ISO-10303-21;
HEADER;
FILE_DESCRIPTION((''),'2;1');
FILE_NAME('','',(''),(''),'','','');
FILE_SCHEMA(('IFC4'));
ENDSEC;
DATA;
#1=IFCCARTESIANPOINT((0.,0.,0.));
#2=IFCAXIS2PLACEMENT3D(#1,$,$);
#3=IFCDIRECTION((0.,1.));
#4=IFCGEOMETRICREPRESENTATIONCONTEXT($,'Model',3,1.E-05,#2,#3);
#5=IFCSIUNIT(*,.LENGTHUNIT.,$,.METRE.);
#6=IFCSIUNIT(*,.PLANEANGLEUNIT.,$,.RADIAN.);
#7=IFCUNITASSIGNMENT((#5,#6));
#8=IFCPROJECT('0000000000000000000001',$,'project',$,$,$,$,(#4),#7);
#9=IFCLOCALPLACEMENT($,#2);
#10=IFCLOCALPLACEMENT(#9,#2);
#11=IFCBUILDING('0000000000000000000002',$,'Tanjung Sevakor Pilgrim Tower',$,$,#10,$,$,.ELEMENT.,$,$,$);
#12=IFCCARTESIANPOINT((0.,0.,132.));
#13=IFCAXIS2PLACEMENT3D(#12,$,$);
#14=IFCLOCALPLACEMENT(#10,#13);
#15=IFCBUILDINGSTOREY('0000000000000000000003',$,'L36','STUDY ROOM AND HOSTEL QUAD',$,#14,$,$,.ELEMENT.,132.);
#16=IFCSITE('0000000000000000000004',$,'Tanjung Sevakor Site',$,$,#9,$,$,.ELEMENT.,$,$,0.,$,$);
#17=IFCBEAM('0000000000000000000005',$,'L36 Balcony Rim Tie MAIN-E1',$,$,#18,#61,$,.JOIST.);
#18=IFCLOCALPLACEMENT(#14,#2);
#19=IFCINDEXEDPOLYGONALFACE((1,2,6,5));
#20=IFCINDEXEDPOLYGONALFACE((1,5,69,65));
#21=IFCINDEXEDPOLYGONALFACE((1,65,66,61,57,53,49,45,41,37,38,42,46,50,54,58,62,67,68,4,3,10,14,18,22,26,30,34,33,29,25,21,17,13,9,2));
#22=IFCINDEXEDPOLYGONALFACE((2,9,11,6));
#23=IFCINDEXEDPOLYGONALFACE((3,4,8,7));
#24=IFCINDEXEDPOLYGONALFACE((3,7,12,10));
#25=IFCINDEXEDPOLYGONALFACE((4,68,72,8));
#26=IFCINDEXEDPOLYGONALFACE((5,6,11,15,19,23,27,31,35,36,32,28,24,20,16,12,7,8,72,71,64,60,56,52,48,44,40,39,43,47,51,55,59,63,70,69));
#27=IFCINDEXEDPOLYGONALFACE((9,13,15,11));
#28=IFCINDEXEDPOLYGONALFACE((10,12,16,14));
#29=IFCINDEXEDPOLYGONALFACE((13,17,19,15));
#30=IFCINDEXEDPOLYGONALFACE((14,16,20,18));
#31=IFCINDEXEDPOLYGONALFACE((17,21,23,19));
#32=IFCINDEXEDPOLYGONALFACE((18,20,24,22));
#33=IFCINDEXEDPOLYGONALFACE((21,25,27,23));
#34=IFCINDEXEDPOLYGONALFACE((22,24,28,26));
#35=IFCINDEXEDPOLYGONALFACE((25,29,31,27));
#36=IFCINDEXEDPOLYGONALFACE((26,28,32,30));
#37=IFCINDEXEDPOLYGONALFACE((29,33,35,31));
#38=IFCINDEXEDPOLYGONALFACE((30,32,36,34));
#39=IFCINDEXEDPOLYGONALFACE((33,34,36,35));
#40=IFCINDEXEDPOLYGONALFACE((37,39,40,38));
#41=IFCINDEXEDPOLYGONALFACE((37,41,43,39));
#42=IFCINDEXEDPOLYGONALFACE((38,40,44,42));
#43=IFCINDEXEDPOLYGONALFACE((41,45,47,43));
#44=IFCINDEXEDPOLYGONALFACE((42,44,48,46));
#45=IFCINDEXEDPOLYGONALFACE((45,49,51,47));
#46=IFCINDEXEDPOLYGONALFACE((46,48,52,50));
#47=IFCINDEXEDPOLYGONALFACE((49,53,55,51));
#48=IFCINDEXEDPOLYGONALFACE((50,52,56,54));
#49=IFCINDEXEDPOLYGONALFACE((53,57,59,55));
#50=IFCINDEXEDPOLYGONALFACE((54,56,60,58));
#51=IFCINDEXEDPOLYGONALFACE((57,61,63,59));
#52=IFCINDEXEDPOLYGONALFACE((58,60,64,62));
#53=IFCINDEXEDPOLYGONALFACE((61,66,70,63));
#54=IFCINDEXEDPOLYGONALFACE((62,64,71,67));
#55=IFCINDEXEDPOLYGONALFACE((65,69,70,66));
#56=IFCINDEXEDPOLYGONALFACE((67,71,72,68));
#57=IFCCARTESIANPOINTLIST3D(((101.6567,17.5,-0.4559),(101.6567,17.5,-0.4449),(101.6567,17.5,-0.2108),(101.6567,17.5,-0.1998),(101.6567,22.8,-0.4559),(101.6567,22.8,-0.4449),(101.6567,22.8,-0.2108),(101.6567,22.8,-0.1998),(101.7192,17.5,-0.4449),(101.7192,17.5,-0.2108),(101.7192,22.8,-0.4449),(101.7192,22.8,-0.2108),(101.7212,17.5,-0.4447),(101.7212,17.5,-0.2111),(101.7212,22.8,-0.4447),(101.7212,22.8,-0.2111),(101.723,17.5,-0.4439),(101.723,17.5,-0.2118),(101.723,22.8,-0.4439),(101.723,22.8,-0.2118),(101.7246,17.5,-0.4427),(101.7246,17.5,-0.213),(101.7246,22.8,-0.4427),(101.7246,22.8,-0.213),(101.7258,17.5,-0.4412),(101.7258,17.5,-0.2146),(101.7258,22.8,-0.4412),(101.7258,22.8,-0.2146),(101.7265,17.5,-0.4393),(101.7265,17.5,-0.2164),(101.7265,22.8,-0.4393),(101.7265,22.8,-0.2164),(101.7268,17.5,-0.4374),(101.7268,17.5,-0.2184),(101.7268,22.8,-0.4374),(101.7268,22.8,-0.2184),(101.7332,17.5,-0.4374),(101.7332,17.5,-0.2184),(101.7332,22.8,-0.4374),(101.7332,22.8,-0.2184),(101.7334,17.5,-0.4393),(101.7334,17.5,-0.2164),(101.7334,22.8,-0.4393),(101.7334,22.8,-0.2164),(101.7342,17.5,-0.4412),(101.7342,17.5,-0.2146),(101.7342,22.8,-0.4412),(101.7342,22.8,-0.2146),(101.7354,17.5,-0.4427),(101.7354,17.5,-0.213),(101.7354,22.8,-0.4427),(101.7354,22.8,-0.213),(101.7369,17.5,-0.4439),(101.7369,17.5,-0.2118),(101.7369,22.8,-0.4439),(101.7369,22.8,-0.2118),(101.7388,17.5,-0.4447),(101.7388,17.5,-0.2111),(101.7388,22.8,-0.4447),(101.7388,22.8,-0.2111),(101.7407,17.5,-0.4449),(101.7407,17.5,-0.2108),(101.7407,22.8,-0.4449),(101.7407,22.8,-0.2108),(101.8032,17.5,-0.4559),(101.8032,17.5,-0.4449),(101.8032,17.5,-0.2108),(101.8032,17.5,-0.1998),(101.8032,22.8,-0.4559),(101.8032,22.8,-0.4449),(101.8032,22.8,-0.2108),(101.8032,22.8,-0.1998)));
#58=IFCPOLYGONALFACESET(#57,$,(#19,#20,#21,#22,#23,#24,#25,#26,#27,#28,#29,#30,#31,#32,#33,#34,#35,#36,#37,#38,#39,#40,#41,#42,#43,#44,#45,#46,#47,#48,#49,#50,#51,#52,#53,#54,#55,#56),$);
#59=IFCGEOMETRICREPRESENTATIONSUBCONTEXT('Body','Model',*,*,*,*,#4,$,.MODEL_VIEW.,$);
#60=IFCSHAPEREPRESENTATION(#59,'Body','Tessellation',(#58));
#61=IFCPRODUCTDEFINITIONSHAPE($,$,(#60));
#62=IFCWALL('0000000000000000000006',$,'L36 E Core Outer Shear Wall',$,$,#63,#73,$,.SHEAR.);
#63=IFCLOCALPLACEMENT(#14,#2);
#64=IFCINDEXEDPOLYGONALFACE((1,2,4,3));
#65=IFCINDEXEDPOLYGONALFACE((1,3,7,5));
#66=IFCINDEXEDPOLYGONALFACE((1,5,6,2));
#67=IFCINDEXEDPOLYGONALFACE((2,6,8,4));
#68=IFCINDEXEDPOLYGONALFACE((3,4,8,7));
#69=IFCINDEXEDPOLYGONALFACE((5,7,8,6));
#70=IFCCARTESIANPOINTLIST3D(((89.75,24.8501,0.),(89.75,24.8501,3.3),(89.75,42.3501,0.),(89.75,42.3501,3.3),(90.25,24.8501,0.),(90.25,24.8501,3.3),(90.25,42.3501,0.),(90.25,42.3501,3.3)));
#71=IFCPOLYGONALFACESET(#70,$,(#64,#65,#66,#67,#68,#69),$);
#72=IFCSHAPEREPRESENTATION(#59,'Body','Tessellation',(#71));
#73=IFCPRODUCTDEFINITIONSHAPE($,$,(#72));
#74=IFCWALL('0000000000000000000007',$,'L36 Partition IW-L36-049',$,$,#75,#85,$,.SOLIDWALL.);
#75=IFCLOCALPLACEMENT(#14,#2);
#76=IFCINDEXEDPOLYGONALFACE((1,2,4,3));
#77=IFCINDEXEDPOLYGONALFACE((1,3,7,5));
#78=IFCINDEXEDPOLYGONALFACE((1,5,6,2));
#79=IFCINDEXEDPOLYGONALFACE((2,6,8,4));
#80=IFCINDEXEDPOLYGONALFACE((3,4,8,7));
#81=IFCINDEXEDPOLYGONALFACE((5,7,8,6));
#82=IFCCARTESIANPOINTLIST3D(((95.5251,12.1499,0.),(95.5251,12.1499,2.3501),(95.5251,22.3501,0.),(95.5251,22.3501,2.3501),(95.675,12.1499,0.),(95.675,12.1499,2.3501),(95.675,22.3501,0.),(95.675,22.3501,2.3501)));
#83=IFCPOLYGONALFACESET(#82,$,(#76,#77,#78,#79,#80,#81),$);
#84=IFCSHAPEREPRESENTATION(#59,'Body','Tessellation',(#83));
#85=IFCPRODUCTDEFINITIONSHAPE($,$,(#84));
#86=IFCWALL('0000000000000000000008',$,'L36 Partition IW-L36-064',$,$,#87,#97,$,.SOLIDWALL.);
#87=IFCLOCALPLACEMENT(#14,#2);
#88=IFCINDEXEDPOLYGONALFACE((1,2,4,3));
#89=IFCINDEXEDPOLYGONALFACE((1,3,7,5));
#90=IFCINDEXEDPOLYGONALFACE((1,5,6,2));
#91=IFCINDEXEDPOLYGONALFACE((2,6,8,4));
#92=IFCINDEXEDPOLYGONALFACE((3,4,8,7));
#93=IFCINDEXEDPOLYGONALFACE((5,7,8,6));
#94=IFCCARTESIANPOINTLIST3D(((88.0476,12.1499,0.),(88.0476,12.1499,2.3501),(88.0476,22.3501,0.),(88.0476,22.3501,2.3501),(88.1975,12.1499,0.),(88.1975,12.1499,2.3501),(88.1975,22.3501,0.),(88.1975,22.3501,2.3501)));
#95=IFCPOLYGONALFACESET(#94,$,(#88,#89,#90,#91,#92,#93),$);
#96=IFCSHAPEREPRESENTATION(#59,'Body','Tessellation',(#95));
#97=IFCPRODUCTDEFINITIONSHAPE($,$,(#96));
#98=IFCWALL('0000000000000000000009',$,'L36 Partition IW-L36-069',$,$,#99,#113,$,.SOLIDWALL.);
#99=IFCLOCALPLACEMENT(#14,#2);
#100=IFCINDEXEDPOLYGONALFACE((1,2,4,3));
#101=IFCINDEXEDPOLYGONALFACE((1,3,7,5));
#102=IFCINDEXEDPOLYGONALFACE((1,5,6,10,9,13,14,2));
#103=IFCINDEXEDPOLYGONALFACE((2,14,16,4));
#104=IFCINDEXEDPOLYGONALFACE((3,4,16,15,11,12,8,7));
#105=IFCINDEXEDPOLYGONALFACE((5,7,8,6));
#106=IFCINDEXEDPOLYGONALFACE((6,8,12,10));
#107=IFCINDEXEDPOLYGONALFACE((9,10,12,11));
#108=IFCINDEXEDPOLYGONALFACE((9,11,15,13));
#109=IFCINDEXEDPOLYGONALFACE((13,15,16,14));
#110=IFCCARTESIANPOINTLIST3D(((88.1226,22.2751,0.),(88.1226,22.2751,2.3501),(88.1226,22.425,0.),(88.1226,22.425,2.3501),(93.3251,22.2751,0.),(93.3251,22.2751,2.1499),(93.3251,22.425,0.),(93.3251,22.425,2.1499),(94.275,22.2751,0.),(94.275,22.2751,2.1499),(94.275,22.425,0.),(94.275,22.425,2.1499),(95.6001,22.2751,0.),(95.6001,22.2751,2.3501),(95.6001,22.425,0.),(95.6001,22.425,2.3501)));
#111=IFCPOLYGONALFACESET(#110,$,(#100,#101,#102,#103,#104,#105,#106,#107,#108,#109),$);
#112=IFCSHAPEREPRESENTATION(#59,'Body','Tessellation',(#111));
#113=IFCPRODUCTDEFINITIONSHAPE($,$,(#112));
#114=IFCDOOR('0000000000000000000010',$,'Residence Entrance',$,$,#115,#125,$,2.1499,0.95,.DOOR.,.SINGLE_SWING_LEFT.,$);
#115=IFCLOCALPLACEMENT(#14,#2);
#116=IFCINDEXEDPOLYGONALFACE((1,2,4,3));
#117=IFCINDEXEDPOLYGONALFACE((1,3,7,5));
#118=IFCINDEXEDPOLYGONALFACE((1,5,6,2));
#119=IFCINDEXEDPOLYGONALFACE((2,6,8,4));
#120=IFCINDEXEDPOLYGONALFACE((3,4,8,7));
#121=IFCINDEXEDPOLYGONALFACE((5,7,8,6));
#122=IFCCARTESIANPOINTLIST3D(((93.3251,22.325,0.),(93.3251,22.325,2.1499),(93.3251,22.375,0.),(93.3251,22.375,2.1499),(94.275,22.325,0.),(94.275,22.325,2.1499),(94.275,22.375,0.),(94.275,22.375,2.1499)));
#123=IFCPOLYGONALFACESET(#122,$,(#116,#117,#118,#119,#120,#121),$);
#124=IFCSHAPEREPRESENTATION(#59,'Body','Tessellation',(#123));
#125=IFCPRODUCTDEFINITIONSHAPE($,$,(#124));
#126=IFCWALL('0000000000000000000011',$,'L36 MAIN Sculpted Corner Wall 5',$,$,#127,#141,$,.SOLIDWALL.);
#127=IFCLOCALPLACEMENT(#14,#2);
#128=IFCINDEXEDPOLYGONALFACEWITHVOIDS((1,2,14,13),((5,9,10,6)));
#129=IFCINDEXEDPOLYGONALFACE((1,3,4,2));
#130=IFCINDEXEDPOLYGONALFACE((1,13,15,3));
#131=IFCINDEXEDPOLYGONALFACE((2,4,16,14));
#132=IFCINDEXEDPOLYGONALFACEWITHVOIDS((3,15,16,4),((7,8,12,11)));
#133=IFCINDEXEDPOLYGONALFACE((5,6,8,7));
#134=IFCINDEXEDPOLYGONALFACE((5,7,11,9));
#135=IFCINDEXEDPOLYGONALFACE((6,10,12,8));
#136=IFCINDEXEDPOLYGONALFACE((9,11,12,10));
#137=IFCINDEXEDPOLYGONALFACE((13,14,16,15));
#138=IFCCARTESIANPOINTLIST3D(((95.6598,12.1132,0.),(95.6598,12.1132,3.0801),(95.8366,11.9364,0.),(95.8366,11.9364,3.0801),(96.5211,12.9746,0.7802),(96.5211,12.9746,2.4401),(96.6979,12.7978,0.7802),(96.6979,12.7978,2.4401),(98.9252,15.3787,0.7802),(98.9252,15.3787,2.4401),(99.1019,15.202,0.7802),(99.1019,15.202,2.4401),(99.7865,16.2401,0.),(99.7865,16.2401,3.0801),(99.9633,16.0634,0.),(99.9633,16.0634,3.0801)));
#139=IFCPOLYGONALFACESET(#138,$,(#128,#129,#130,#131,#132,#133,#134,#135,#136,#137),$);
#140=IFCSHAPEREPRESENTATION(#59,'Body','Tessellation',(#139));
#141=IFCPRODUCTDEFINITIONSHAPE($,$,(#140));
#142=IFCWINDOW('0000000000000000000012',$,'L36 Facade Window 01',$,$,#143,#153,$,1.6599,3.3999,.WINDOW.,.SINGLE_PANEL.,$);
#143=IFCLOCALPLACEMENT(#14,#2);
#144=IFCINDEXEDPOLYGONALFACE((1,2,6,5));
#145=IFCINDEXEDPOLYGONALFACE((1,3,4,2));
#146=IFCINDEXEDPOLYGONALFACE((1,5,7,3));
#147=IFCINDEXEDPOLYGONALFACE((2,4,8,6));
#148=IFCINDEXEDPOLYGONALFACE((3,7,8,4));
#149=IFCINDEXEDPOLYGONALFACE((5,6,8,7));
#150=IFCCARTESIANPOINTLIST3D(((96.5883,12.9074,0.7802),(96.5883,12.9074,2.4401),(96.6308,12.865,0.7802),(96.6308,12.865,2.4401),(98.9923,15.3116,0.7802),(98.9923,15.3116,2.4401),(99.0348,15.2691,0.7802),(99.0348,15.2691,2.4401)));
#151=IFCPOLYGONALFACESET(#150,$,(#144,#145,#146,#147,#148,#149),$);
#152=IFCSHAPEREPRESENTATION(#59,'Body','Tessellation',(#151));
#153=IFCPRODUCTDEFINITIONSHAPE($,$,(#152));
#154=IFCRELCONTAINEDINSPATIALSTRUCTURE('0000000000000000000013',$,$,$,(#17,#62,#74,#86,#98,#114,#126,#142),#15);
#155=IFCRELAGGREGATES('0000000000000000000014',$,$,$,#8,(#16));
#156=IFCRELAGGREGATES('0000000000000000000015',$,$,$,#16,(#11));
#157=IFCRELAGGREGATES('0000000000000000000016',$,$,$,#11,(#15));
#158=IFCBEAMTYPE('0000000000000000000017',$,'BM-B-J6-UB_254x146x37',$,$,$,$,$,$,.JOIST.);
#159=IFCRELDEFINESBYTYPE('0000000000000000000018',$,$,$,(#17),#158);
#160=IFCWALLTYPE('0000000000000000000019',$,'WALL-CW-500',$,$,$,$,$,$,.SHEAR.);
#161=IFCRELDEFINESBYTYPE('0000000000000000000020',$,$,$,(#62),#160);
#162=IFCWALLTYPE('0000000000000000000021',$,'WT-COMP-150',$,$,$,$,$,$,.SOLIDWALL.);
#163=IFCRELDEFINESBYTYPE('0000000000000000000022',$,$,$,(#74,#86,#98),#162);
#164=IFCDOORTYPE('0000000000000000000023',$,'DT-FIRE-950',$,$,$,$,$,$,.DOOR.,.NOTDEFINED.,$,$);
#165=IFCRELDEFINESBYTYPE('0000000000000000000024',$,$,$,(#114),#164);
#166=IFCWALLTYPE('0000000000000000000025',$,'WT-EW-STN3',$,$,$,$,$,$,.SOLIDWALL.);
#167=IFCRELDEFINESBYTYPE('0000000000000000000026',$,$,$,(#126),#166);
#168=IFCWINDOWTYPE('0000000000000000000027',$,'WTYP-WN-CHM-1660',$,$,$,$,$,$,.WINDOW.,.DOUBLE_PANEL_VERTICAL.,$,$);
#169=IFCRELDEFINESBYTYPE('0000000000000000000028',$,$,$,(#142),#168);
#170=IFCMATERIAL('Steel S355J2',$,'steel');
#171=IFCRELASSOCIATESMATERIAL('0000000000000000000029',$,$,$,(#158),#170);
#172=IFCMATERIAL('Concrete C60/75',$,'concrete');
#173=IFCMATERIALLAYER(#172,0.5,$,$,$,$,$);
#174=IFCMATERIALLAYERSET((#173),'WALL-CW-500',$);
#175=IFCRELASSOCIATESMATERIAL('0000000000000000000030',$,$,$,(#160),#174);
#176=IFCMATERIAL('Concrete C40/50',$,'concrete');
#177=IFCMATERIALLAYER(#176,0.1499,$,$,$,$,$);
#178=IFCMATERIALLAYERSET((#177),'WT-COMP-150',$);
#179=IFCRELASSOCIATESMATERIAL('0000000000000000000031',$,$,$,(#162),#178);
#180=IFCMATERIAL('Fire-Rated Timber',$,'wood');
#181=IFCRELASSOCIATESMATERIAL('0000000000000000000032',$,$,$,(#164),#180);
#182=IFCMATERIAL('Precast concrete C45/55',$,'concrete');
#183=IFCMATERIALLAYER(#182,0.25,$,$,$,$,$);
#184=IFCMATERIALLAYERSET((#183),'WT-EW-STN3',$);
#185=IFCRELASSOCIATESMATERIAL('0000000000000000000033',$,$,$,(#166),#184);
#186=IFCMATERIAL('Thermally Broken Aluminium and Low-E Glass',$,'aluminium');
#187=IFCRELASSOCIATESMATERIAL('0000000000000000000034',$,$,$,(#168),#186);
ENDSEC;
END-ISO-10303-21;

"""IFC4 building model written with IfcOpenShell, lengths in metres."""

from ifc_helpers import new_model, si_unit, direction, frame, frame_2d, origin, origin_2d, place, context, subcontext, project, spatial, rectangle, i_section, extrude, material, layer, layer_set, material_profile, profile_set, type_object, element, fill, save


model = new_model("IFC4")

# Units and contexts
model_context = context("Model", 3, precision=1e-05, world=origin(), true_north=direction((0.0, 1.0)))
body_context = subcontext(model_context, "Body", "Model", "MODEL_VIEW")
ifc_project = project(units=[si_unit("LENGTHUNIT", "METRE"), si_unit("PLANEANGLEUNIT", "RADIAN")], contexts=[model_context])

# Site, building, storey
site_placement = place(None, origin())
site = spatial("IfcSite", under=ifc_project, at=site_placement, Name="Tanjung Sevakor Site", CompositionType="ELEMENT", RefElevation=0.0)
building_placement = place(site_placement, origin())
building = spatial("IfcBuilding", under=site, at=building_placement, Name="Tanjung Sevakor Pilgrim Tower", CompositionType="ELEMENT")
storey_placement = place(building_placement, frame((0.0, 0.0, 132.0)))
storey = spatial("IfcBuildingStorey", under=building, at=storey_placement, Name="L36", Description="STUDY ROOM AND HOSTEL QUAD", CompositionType="ELEMENT", Elevation=132.0)

# Beam
ifc_material_1 = material(Name="Steel S355J2", Category="steel")
ifc_material_profile_1 = material_profile(ifc_material_1, i_section(OverallWidth=0.1465, OverallDepth=0.2561, WebThickness=0.0063, FlangeThickness=0.011, FilletRadius=0.0076, at=origin_2d()))
ifc_profile_set_1 = profile_set([ifc_material_profile_1], Name="Steel S355J2")
beam_type_1 = type_object("IfcBeamType", Name="BM-B-J6-UB_254x146x37", PredefinedType="JOIST", material=ifc_profile_set_1)
beam_1_placement = place(storey_placement, frame((101.73, 17.5, -0.3279), z_axis=(0.0, 1.0, 0.0), x_axis=(-1.0, 0.0, 0.0)))
element("IfcBeam", 1, at=beam_1_placement, inside=storey, type_object=beam_type_1, Name="L36 Balcony Rim Tie MAIN-E1", PredefinedType="JOIST", context=body_context, shape_type="SweptSolid", body=[
    extrude(i_section(OverallWidth=0.1465, OverallDepth=0.2561, WebThickness=0.0063, FlangeThickness=0.011, FilletRadius=0.0076, at=origin_2d()), origin(), (0.0, 0.0, 1.0), 5.3),
])

# Walls
ifc_material_2 = material(Name="Concrete C60/75", Category="concrete")
ifc_layer_1 = layer(ifc_material_2, 0.5)
ifc_layer_set_1 = layer_set([ifc_layer_1], Name="WALL-CW-500")
wall_type_1 = type_object("IfcWallType", Name="WALL-CW-500", PredefinedType="SHEAR", material=ifc_layer_set_1)
wall_1_placement = place(storey_placement, frame((90.0, 24.8501, 0.0), z_axis=(0.0, 0.0, 1.0), x_axis=(0.0, 1.0, 0.0)))
element("IfcWall", 2, at=wall_1_placement, inside=storey, type_object=wall_type_1, Name="L36 E Core Outer Shear Wall", PredefinedType="SHEAR", context=body_context, shape_type="SweptSolid", body=[
    extrude(rectangle(XDim=17.5, YDim=0.5, at=frame_2d((8.75, 0.0))), origin(), (0.0, 0.0, 1.0), 3.3),
])
ifc_material_3 = material(Name="Concrete C40/50", Category="concrete")
ifc_layer_2 = layer(ifc_material_3, 0.1499)
ifc_layer_set_2 = layer_set([ifc_layer_2], Name="WT-COMP-150")
wall_type_2 = type_object("IfcWallType", Name="WT-COMP-150", PredefinedType="SOLIDWALL", material=ifc_layer_set_2)
for number, where, z_axis, x_axis, name in (
    (3, (95.6001, 12.1499, 0.0), (0.0, 0.0, 1.0), (0.0, 1.0, 0.0), "L36 Partition IW-L36-049"),
    (4, (88.1226, 12.1499, 0.0), (0.0, 0.0, 1.0), (0.0, 1.0, 0.0), "L36 Partition IW-L36-064"),
):
    element("IfcWall", number, at=place(storey_placement, frame(where, z_axis=z_axis, x_axis=x_axis)), inside=storey, type_object=wall_type_2, Name=name, PredefinedType="SOLIDWALL", context=body_context, shape_type="SweptSolid", body=[
        extrude(rectangle(XDim=10.2002, YDim=0.1499, at=frame_2d((5.1001, 0.0))), origin(), (0.0, 0.0, 1.0), 2.3501),
    ])

# Wall, opening, door
wall_2_placement = place(storey_placement, frame((88.1226, 22.3501, 0.0), z_axis=(0.0, 0.0, 1.0), x_axis=(1.0, 0.0, 0.0)))
wall_2 = element("IfcWall", 5, at=wall_2_placement, inside=storey, type_object=wall_type_2, Name="L36 Partition IW-L36-069", PredefinedType="SOLIDWALL", context=body_context, shape_type="SweptSolid", body=[
    extrude(rectangle(XDim=7.4775, YDim=0.1499, at=frame_2d((3.7388, 0.0))), origin(), (0.0, 0.0, 1.0), 2.3501),
])
opening_1_placement = place(wall_2_placement, frame((5.2024, 0.0, 0.0)))
opening_1 = element("IfcOpeningElement", 6, at=opening_1_placement, cuts=wall_2, PredefinedType="OPENING", context=body_context, shape_type="SweptSolid", body=[
    extrude(rectangle(XDim=0.95, YDim=2.1499, at=frame_2d((0.4751, 1.075))), frame((0.0, 0.085, 0.0), z_axis=(0.0, -1.0, 0.0), x_axis=(1.0, 0.0, 0.0)), (0.0, 0.0, 1.0), 0.1699),
])
ifc_material_4 = material(Name="Fire-Rated Timber", Category="wood")
door_type_1 = type_object("IfcDoorType", Name="DT-FIRE-950", OperationType="NOTDEFINED", PredefinedType="DOOR", material=ifc_material_4)
door_1_placement = place(opening_1_placement, origin())
door_1 = element("IfcDoor", 7, at=door_1_placement, inside=storey, type_object=door_type_1, Name="Residence Entrance", OperationType="SINGLE_SWING_LEFT", OverallHeight=2.1499, OverallWidth=0.95, PredefinedType="DOOR", context=body_context, shape_type="SweptSolid", body=[
    extrude(rectangle(XDim=0.95, YDim=2.1499, at=frame_2d((0.4751, 1.075))), frame((0.0, 0.0249, 0.0), z_axis=(0.0, -1.0, 0.0), x_axis=(1.0, 0.0, 0.0)), (0.0, 0.0, 1.0), 0.05),
])
fill(opening_1, door_1)

# Wall, opening, window
ifc_material_5 = material(Name="Precast concrete C45/55", Category="concrete")
ifc_layer_3 = layer(ifc_material_5, 0.25)
ifc_layer_set_3 = layer_set([ifc_layer_3], Name="WT-EW-STN3")
wall_type_3 = type_object("IfcWallType", Name="WT-EW-STN3", PredefinedType="SOLIDWALL", material=ifc_layer_set_3)
wall_3_placement = place(storey_placement, frame((95.7483, 12.0249, 0.0), z_axis=(0.0, 0.0, 1.0), x_axis=(0.707086, 0.707128, 0.0)))
wall_3 = element("IfcWall", 8, at=wall_3_placement, inside=storey, type_object=wall_type_3, Name="L36 MAIN Sculpted Corner Wall 5", PredefinedType="SOLIDWALL", context=body_context, shape_type="SweptSolid", body=[
    extrude(rectangle(XDim=5.8362, YDim=0.25, at=frame_2d((2.918, 0.0))), origin(), (0.0, 0.0, 1.0), 3.0801),
])
opening_2_placement = place(wall_3_placement, frame((1.218, 0.0, 0.78)))
opening_2 = element("IfcOpeningElement", 9, at=opening_2_placement, cuts=wall_3, PredefinedType="OPENING", context=body_context, shape_type="SweptSolid", body=[
    extrude(rectangle(XDim=3.3999, YDim=1.6599, at=frame_2d((1.7, 0.8301))), frame((0.0, 0.135, 0.0), z_axis=(0.0, -1.0, 0.0), x_axis=(1.0, 0.0, 0.0)), (0.0, 0.0, 1.0), 0.27),
])
ifc_material_6 = material(Name="Thermally Broken Aluminium and Low-E Glass", Category="aluminium")
window_type = type_object("IfcWindowType", Name="WTYP-WN-CHM-1660", PartitioningType="DOUBLE_PANEL_VERTICAL", PredefinedType="WINDOW", material=ifc_material_6)
window_placement = place(opening_2_placement, origin())
window = element("IfcWindow", 10, at=window_placement, inside=storey, type_object=window_type, Name="L36 Facade Window 01", OverallHeight=1.6599, OverallWidth=3.3999, PartitioningType="SINGLE_PANEL", PredefinedType="WINDOW", context=body_context, shape_type="SweptSolid", body=[
    extrude(rectangle(XDim=3.3999, YDim=1.6599, at=frame_2d((1.7, 0.8301))), frame((0.0, 0.03, 0.0), z_axis=(0.0, -1.0, 0.0), x_axis=(1.0, 0.0, 0.0)), (0.0, 0.0, 1.0), 0.0601),
])
fill(opening_2, window)

save(model, "model.ifc")
